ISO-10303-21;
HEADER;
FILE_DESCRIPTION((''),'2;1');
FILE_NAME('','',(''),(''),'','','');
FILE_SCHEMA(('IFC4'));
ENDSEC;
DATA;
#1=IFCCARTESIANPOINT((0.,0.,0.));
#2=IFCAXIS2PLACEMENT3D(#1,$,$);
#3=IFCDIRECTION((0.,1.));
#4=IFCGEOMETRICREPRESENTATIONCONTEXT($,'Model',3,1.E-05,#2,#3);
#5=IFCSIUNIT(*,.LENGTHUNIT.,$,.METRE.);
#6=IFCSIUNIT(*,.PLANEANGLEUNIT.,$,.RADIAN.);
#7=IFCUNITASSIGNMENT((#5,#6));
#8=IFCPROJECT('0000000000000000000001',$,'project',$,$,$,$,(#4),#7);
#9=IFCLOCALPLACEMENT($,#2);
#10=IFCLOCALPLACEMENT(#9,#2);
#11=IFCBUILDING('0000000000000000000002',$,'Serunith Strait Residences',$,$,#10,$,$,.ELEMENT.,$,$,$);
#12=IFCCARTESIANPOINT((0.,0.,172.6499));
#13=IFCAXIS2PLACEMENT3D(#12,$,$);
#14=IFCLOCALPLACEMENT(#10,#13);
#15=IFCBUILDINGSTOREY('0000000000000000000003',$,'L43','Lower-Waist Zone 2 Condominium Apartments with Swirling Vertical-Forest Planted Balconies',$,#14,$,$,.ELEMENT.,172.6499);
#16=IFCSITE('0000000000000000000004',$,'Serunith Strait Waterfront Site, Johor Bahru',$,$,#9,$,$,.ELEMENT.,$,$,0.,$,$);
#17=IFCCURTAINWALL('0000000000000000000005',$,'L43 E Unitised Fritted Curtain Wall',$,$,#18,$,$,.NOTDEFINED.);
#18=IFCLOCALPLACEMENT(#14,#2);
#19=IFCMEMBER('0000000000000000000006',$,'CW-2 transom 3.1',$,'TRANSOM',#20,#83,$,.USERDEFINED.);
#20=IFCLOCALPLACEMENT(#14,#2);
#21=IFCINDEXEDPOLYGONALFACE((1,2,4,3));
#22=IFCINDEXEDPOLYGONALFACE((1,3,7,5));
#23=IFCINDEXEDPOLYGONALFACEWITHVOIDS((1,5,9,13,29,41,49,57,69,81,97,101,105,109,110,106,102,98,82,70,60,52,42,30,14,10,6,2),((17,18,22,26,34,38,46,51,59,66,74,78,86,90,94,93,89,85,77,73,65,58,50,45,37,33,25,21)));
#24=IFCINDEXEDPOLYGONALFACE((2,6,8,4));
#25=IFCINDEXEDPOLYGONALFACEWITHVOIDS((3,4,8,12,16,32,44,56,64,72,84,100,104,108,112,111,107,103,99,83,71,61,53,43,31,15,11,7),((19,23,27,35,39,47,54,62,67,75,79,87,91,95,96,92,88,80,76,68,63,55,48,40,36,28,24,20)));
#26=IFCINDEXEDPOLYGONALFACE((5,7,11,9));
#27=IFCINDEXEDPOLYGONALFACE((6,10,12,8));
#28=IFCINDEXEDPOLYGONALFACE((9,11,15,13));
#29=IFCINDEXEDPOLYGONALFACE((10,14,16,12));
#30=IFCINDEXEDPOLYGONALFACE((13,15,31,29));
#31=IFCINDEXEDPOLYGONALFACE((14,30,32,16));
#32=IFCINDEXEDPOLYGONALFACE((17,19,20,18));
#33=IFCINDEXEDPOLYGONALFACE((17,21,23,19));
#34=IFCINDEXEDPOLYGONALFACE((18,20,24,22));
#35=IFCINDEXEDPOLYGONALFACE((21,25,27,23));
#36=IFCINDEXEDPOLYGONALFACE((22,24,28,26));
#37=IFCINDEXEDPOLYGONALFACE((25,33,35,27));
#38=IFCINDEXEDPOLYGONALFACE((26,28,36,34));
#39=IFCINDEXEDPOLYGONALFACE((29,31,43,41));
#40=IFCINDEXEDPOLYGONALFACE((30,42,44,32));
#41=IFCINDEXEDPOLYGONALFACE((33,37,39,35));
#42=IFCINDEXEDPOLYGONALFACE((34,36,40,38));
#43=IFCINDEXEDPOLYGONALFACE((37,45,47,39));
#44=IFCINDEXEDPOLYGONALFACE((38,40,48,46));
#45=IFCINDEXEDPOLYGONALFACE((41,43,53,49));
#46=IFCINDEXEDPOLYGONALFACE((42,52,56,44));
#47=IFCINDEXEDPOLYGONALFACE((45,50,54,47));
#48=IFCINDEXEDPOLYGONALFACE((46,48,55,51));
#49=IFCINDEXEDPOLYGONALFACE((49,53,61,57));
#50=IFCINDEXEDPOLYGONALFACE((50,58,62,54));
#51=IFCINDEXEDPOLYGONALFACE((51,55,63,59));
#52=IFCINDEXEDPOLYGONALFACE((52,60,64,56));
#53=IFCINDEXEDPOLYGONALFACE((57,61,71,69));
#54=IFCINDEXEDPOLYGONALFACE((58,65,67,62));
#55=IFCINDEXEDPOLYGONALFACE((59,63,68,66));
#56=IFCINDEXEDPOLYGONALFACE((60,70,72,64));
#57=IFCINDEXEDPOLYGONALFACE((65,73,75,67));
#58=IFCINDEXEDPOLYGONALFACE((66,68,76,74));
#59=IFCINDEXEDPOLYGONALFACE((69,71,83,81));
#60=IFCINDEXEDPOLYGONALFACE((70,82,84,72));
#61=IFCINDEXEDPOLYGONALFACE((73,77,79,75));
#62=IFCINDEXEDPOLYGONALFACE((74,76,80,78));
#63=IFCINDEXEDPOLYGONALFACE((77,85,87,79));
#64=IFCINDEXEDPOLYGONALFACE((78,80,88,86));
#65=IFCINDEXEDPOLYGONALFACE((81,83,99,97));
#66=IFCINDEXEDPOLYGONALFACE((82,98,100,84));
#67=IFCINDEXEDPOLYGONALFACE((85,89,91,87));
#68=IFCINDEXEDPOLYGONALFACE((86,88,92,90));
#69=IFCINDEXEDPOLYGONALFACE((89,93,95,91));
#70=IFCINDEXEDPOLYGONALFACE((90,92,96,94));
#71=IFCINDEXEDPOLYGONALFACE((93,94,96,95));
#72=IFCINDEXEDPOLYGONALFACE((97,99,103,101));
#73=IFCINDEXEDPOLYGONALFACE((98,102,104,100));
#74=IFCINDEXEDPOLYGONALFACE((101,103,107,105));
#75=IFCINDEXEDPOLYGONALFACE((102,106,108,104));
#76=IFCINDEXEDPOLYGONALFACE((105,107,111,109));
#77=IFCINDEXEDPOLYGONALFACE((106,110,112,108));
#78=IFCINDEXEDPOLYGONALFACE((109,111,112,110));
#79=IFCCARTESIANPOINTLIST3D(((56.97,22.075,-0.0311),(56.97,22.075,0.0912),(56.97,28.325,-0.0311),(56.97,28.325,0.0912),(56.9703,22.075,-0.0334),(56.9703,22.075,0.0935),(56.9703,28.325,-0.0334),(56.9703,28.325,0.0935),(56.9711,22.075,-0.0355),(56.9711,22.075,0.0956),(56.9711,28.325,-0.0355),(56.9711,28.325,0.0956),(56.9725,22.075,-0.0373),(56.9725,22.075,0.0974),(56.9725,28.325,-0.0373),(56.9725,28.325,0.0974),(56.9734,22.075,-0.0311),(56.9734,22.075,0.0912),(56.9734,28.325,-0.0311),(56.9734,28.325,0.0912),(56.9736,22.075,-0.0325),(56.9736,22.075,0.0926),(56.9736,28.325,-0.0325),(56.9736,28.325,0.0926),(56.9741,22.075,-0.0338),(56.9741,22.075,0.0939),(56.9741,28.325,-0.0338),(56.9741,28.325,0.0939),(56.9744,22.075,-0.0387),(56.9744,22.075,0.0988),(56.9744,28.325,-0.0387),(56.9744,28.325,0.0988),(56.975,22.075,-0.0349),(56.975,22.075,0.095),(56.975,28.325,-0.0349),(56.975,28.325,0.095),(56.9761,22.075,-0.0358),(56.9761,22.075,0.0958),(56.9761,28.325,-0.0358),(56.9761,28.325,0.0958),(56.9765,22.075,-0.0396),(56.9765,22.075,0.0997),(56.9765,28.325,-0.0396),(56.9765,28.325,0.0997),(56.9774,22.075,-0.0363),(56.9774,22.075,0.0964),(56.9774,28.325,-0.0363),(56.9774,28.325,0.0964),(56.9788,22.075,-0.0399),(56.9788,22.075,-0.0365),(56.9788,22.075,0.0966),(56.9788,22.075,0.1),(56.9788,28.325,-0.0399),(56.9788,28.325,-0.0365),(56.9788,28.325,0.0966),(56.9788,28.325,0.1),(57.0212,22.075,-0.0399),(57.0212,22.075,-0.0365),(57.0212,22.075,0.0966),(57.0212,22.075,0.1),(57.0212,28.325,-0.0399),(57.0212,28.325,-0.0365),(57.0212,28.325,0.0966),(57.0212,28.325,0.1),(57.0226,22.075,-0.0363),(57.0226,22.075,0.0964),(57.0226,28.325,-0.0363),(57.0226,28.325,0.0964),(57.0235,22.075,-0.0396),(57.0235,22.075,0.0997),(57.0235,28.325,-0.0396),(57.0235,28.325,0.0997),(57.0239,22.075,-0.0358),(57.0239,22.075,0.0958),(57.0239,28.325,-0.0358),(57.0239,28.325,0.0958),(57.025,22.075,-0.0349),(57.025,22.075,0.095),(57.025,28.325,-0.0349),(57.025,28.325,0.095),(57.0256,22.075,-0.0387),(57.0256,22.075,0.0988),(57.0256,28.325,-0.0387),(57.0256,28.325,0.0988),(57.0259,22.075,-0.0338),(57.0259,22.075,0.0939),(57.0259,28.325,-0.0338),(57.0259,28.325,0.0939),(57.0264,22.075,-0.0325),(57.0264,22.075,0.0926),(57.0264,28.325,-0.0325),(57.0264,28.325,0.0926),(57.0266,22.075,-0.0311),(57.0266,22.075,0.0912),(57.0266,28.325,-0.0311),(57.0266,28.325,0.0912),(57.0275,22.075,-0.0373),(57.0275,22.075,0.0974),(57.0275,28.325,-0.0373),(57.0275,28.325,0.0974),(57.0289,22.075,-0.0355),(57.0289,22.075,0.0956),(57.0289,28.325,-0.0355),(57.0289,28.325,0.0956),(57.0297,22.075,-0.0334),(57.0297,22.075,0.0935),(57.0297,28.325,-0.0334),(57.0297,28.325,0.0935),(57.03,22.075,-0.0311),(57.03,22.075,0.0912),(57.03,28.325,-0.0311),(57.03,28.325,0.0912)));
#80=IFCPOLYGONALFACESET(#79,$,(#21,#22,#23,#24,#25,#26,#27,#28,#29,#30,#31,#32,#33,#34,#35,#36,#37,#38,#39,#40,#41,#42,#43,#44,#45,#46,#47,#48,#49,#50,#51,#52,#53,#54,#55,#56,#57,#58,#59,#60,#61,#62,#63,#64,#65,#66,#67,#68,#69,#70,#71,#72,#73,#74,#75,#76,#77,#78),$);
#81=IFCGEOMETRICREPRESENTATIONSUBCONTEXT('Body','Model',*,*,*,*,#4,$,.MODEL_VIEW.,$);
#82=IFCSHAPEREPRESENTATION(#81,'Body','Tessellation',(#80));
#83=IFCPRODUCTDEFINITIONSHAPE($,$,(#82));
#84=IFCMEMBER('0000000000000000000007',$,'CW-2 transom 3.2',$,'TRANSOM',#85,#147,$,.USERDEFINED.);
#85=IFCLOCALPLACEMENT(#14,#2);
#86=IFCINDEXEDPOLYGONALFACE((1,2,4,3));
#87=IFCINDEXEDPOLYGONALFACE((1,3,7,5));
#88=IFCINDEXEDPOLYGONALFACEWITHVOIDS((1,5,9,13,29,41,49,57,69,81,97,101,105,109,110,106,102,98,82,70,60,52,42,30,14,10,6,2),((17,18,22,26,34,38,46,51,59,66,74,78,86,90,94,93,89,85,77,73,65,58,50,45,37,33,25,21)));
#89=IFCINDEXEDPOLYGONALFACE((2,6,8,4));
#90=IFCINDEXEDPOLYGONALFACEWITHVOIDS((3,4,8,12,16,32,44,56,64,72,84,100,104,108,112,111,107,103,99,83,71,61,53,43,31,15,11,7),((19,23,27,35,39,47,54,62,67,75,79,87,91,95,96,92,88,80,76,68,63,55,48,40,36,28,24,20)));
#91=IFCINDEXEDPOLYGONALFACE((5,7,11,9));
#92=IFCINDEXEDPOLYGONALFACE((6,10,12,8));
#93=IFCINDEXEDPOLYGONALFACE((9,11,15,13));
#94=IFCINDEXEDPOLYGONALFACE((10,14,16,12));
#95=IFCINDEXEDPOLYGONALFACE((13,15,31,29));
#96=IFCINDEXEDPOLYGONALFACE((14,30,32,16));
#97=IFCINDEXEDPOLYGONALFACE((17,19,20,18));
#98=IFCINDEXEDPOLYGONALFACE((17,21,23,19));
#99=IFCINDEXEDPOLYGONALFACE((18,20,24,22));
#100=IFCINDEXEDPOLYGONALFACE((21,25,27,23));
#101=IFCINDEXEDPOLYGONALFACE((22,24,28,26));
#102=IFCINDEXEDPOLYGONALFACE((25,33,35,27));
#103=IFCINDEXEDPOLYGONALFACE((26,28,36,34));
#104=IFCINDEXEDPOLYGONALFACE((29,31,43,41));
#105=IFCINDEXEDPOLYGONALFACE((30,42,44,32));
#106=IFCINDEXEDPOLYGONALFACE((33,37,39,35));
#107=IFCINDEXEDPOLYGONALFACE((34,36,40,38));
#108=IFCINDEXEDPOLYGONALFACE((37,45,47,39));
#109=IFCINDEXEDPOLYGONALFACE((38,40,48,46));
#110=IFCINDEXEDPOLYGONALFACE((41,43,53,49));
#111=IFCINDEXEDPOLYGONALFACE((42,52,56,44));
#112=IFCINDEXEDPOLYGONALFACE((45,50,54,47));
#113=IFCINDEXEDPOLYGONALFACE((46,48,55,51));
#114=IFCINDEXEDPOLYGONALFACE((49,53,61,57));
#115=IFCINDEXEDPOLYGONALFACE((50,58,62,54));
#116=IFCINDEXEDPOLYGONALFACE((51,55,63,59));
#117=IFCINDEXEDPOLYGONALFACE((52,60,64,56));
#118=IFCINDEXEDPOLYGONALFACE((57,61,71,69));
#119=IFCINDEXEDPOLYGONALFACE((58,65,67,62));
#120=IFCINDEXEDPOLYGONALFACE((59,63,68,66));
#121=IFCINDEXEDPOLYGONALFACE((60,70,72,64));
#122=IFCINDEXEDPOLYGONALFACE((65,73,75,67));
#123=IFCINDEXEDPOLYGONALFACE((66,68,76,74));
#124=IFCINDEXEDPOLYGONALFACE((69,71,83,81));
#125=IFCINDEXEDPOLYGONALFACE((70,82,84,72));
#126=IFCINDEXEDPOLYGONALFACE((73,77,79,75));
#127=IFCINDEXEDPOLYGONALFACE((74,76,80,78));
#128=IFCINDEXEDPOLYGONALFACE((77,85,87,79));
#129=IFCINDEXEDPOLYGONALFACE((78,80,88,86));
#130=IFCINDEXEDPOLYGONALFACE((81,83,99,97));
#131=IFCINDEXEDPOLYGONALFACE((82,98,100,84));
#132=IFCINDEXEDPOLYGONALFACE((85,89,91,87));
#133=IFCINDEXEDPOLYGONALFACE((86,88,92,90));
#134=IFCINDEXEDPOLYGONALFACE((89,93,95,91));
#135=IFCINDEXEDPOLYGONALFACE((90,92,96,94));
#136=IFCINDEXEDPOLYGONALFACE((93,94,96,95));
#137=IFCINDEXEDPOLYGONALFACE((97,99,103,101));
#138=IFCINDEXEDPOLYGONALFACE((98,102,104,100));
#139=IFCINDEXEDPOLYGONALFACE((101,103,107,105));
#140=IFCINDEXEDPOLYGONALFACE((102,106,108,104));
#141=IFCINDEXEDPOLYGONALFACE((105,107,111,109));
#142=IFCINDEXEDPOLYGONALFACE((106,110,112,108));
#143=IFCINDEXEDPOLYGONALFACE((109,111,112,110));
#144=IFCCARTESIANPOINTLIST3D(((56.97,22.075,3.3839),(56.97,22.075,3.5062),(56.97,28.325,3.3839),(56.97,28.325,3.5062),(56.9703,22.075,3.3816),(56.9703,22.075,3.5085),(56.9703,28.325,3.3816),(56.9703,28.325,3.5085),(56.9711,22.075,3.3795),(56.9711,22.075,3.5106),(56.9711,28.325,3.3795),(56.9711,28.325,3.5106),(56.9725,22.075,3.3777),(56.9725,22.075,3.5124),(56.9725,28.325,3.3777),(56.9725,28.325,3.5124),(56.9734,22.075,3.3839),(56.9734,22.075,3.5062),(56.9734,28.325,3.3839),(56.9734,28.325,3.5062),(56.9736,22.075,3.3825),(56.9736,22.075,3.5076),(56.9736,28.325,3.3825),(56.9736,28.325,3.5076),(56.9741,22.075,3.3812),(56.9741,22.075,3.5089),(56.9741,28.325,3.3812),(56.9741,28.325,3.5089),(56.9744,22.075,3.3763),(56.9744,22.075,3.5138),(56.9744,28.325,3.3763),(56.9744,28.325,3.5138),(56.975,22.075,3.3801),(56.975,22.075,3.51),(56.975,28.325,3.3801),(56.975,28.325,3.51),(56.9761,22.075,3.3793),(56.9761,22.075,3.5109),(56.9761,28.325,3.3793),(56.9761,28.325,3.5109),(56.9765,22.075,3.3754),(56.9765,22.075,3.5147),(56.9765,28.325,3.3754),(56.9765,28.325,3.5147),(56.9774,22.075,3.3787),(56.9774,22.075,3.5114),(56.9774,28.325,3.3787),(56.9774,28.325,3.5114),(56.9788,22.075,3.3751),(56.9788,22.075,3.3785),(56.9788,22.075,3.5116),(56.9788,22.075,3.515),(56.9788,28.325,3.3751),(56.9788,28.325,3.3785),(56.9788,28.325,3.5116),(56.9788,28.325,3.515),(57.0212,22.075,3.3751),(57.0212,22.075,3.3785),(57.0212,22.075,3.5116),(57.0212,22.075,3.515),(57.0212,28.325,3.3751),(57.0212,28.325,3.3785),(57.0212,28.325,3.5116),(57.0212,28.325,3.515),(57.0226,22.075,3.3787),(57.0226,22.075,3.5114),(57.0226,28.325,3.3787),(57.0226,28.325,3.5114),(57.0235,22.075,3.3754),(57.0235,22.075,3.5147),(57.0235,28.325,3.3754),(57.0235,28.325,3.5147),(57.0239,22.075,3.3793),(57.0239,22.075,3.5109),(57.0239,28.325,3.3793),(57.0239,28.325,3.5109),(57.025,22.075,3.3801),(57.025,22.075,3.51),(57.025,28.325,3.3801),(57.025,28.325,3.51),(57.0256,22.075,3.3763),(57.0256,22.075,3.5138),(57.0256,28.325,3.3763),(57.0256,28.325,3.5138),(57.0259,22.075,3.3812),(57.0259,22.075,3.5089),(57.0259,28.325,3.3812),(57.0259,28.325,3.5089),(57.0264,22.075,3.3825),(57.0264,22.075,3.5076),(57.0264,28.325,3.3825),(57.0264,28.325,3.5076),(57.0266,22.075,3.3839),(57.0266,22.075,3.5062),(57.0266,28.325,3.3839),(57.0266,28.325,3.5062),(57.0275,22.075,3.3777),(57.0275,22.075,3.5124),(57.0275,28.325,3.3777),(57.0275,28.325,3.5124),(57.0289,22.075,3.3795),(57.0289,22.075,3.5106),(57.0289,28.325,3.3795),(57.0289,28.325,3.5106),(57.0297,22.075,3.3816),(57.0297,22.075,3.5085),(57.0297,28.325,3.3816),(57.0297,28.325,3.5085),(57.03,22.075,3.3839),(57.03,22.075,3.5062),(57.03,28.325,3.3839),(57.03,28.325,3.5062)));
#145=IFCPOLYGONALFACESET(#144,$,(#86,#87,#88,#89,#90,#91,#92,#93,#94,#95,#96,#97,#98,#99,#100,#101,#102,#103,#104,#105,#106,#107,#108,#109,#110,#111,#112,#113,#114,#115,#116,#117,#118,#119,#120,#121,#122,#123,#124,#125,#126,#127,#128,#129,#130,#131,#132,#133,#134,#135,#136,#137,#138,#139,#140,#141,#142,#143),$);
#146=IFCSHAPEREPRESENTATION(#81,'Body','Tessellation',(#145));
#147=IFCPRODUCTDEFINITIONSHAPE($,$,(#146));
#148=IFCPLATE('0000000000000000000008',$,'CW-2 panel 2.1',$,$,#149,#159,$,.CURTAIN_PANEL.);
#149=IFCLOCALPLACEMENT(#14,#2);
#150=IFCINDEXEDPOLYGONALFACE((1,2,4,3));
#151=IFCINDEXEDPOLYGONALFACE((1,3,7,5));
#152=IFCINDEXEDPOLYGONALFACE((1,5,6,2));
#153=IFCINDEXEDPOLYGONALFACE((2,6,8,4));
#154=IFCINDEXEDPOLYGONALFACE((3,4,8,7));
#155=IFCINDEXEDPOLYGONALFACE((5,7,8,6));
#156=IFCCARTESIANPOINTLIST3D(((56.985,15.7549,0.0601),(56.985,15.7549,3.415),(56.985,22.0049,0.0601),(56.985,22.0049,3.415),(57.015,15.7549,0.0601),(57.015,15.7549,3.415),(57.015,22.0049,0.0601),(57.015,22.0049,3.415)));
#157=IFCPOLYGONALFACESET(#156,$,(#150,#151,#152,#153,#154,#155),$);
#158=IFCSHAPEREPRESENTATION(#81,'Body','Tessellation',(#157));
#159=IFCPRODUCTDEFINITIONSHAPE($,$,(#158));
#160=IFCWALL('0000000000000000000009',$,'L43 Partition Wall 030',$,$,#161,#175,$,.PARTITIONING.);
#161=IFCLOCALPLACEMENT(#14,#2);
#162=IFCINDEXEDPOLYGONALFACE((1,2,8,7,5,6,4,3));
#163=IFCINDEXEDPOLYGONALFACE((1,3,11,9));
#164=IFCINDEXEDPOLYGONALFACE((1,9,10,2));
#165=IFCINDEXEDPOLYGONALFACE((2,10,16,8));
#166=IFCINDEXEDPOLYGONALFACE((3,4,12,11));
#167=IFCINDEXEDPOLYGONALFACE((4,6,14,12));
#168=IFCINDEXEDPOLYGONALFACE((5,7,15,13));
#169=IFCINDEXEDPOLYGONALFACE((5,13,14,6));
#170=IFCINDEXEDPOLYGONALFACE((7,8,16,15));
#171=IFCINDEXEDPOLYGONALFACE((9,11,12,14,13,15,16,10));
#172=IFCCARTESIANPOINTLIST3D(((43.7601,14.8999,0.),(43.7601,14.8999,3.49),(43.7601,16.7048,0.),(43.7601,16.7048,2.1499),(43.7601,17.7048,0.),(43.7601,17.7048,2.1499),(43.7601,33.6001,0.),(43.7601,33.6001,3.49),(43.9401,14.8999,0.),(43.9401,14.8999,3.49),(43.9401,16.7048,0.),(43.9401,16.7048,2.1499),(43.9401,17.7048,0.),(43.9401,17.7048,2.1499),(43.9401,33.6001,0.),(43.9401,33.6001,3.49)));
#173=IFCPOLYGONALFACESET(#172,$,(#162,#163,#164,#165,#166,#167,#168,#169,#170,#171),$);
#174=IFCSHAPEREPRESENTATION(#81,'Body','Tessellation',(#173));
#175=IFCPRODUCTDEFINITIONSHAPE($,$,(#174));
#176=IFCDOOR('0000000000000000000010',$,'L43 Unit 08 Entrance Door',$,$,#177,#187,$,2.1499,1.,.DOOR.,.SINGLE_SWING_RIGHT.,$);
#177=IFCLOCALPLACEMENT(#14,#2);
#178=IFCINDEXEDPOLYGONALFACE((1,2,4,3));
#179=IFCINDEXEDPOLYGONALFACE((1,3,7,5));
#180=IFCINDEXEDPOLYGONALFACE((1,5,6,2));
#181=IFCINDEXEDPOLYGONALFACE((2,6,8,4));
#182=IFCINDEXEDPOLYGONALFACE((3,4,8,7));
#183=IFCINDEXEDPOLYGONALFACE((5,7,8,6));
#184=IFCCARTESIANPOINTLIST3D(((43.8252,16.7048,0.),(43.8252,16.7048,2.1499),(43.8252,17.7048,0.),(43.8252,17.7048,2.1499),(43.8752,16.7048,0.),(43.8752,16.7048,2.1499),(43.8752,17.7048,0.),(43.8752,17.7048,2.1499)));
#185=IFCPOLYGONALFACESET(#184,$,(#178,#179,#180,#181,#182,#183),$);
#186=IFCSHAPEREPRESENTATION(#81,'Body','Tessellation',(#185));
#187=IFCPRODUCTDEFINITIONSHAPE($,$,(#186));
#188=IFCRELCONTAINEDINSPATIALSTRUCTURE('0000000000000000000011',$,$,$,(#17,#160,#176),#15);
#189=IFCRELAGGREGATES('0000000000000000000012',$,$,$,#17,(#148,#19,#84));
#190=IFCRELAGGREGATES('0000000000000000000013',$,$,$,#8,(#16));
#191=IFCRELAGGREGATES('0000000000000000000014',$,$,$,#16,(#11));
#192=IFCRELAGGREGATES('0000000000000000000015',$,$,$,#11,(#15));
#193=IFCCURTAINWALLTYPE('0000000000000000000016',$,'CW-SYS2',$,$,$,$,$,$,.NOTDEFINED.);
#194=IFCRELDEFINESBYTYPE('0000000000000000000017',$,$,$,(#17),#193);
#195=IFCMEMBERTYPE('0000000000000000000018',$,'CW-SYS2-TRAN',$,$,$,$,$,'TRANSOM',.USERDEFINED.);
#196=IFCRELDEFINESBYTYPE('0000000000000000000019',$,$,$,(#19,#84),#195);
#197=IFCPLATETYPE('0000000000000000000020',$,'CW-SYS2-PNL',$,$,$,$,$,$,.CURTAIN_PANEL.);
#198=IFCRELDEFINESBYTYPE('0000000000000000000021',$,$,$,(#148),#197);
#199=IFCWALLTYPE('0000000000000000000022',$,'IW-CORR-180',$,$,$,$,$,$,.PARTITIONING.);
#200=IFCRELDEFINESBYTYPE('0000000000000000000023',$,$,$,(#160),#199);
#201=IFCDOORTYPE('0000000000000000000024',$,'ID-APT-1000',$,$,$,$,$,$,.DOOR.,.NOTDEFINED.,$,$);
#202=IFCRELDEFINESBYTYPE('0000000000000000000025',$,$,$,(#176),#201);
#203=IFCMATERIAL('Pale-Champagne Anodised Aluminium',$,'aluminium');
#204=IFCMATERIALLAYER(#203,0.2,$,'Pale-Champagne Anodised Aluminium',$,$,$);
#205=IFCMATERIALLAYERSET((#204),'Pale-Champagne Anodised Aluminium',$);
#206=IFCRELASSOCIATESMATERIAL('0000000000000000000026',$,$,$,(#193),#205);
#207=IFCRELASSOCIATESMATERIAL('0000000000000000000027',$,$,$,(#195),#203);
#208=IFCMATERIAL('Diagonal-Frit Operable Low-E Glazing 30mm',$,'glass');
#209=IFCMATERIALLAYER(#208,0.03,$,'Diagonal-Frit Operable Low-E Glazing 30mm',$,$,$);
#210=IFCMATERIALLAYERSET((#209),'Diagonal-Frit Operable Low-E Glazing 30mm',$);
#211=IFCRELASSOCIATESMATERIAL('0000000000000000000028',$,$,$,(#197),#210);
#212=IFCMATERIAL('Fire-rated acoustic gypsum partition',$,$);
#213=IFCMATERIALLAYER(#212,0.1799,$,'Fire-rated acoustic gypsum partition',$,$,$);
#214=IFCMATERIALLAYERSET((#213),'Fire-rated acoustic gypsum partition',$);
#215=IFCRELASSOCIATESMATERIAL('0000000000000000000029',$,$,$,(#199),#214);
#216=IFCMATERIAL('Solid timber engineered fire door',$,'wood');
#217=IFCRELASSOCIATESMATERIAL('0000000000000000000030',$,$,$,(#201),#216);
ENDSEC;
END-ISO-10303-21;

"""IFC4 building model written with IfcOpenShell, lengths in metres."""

from ifc_helpers import new_model, si_unit, direction, frame, frame_2d, origin, origin_2d, place, context, subcontext, project, spatial, rectangle, hollow_rectangle, extrude, source, transform, mapped, material, layer, layer_set, material_profile, profile_set, type_object, element, fill, aggregate, save


model = new_model("IFC4")

# Units and contexts
model_context = context("Model", 3, precision=1e-05, world=origin(), true_north=direction((0.0, 1.0)))
body_context = subcontext(model_context, "Body", "Model", "MODEL_VIEW")
ifc_project = project(units=[si_unit("LENGTHUNIT", "METRE"), si_unit("PLANEANGLEUNIT", "RADIAN")], contexts=[model_context])

# Site, building, storey
site_placement = place(None, origin())
site = spatial("IfcSite", under=ifc_project, at=site_placement, Name="Serunith Strait Waterfront Site, Johor Bahru", CompositionType="ELEMENT", RefElevation=0.0)
building_placement = place(site_placement, origin())
building = spatial("IfcBuilding", under=site, at=building_placement, Name="Serunith Strait Residences", CompositionType="ELEMENT")
storey_placement = place(building_placement, frame((0.0, 0.0, 172.6499)))
storey = spatial("IfcBuildingStorey", under=building, at=storey_placement, Name="L43", Description="Lower-Waist Zone 2 Condominium Apartments with Swirling Vertical-Forest Planted Balconies", CompositionType="ELEMENT", Elevation=172.6499)

# Curtain wall, members, plate
ifc_material_1 = material(Name="Pale-Champagne Anodised Aluminium", Category="aluminium")
ifc_layer_1 = layer(ifc_material_1, 0.2, Name="Pale-Champagne Anodised Aluminium")
ifc_layer_set_1 = layer_set([ifc_layer_1], Name="Pale-Champagne Anodised Aluminium")
curtain_wall_type = type_object("IfcCurtainWallType", Name="CW-SYS2", PredefinedType="NOTDEFINED", material=ifc_layer_set_1)
curtain_wall_placement = place(storey_placement, origin())
curtain_wall = element("IfcCurtainWall", 1, at=curtain_wall_placement, inside=storey, type_object=curtain_wall_type, Name="L43 E Unitised Fritted Curtain Wall", PredefinedType="NOTDEFINED")
ifc_material_profile_1 = material_profile(ifc_material_1, hollow_rectangle(XDim=0.0601, YDim=0.1399, WallThickness=0.0034, InnerFilletRadius=0.0054, OuterFilletRadius=0.0088, at=origin_2d()), Name="ALU 140x60x3.5")
ifc_profile_set_1 = profile_set([ifc_material_profile_1], Name="Pale-Champagne Anodised Aluminium")
member_type_1 = type_object("IfcMemberType", Name="CW-SYS2-TRAN", ElementType="TRANSOM", PredefinedType="USERDEFINED", material=ifc_profile_set_1)
shared_shape_1 = source(origin(), body_context, "Body", "SweptSolid", [
    extrude(hollow_rectangle(XDim=0.0601, YDim=0.1399, WallThickness=0.0034, InnerFilletRadius=0.0054, OuterFilletRadius=0.0088, at=origin_2d()), origin(), (0.0, 0.0, 1.0), 6.25),
])
member_1_placement = place(storey_placement, frame((57.0, 22.075, 0.03), z_axis=(0.0, 1.0, 0.0), x_axis=(-1.0, 0.0, 0.0)))
member_1 = element("IfcMember", 2, at=member_1_placement, type_object=member_type_1, Name="CW-2 transom 3.1", ObjectType="TRANSOM", PredefinedType="USERDEFINED", context=body_context, shape_type="MappedRepresentation", body=[
    mapped(shared_shape_1, transform((0.0, 0.0, 0.0), scale=1.0)),
])
member_2_placement = place(storey_placement, frame((57.0, 22.075, 3.4451), z_axis=(0.0, 1.0, 0.0), x_axis=(-1.0, 0.0, 0.0)))
member_2 = element("IfcMember", 3, at=member_2_placement, type_object=member_type_1, Name="CW-2 transom 3.2", ObjectType="TRANSOM", PredefinedType="USERDEFINED", context=body_context, shape_type="MappedRepresentation", body=[
    mapped(shared_shape_1, transform((0.0, 0.0, 0.0), scale=1.0)),
])
ifc_material_2 = material(Name="Diagonal-Frit Operable Low-E Glazing 30mm", Category="glass")
ifc_layer_2 = layer(ifc_material_2, 0.03, Name="Diagonal-Frit Operable Low-E Glazing 30mm")
ifc_layer_set_2 = layer_set([ifc_layer_2], Name="Diagonal-Frit Operable Low-E Glazing 30mm")
plate_type = type_object("IfcPlateType", Name="CW-SYS2-PNL", PredefinedType="CURTAIN_PANEL", material=ifc_layer_set_2)
shared_shape_2 = source(origin(), body_context, "Body", "SweptSolid", [
    extrude(rectangle(XDim=6.25, YDim=0.03, at=origin_2d()), origin(), (0.0, 0.0, 1.0), 3.355),
])
plate_placement = place(storey_placement, frame((57.0, 18.8799, 0.0601), z_axis=(0.0, 0.0, 1.0), x_axis=(0.0, 1.0, 0.0)))
plate = element("IfcPlate", 4, at=plate_placement, type_object=plate_type, Name="CW-2 panel 2.1", PredefinedType="CURTAIN_PANEL", context=body_context, shape_type="MappedRepresentation", body=[
    mapped(shared_shape_2, transform((0.0, 0.0, 0.0), scale=1.0)),
])
aggregate(curtain_wall, [plate, member_1, member_2])

# Wall, opening, door
ifc_material_3 = material(Name="Fire-rated acoustic gypsum partition")
ifc_layer_3 = layer(ifc_material_3, 0.1799, Name="Fire-rated acoustic gypsum partition")
ifc_layer_set_3 = layer_set([ifc_layer_3], Name="Fire-rated acoustic gypsum partition")
wall_type_1 = type_object("IfcWallType", Name="IW-CORR-180", PredefinedType="PARTITIONING", material=ifc_layer_set_3)
wall_1_placement = place(storey_placement, frame((43.8501, 14.8999, 0.0), z_axis=(0.0, 0.0, 1.0), x_axis=(0.0, 1.0, 0.0)))
wall_1 = element("IfcWall", 5, at=wall_1_placement, inside=storey, type_object=wall_type_1, Name="L43 Partition Wall 030", PredefinedType="PARTITIONING", context=body_context, shape_type="SweptSolid", body=[
    extrude(rectangle(XDim=18.7002, YDim=0.1799, at=frame_2d((9.3501, 0.0))), origin(), (0.0, 0.0, 1.0), 3.49),
])
opening_1_placement = place(wall_1_placement, frame((1.8049, 0.0, 0.0)))
opening_1 = element("IfcOpeningElement", 6, at=opening_1_placement, cuts=wall_1, PredefinedType="OPENING", context=body_context, shape_type="SweptSolid", body=[
    extrude(rectangle(XDim=1.0, YDim=2.1499, at=frame_2d((0.5, 1.075))), frame((0.0, 0.1001, 0.0), z_axis=(0.0, -1.0, 0.0), x_axis=(1.0, 0.0, 0.0)), (0.0, 0.0, 1.0), 0.2),
])
ifc_material_4 = material(Name="Solid timber engineered fire door", Category="wood")
door_type_1 = type_object("IfcDoorType", Name="ID-APT-1000", OperationType="NOTDEFINED", PredefinedType="DOOR", material=ifc_material_4)
shared_shape_3 = source(origin(), body_context, "Body", "SweptSolid", [
    extrude(rectangle(XDim=1.0, YDim=2.1499, at=frame_2d((0.5, 1.075))), frame((0.0, 0.0249, 0.0), z_axis=(0.0, -1.0, 0.0), x_axis=(1.0, 0.0, 0.0)), (0.0, 0.0, 1.0), 0.05),
])
door_1_placement = place(opening_1_placement, origin())
door_1 = element("IfcDoor", 7, at=door_1_placement, inside=storey, type_object=door_type_1, Name="L43 Unit 08 Entrance Door", OperationType="SINGLE_SWING_RIGHT", OverallHeight=2.1499, OverallWidth=1.0, PredefinedType="DOOR", context=body_context, shape_type="MappedRepresentation", body=[
    mapped(shared_shape_3, transform((0.0, 0.0, 0.0), scale=1.0)),
])
fill(opening_1, door_1)

save(model, "model.ifc")
